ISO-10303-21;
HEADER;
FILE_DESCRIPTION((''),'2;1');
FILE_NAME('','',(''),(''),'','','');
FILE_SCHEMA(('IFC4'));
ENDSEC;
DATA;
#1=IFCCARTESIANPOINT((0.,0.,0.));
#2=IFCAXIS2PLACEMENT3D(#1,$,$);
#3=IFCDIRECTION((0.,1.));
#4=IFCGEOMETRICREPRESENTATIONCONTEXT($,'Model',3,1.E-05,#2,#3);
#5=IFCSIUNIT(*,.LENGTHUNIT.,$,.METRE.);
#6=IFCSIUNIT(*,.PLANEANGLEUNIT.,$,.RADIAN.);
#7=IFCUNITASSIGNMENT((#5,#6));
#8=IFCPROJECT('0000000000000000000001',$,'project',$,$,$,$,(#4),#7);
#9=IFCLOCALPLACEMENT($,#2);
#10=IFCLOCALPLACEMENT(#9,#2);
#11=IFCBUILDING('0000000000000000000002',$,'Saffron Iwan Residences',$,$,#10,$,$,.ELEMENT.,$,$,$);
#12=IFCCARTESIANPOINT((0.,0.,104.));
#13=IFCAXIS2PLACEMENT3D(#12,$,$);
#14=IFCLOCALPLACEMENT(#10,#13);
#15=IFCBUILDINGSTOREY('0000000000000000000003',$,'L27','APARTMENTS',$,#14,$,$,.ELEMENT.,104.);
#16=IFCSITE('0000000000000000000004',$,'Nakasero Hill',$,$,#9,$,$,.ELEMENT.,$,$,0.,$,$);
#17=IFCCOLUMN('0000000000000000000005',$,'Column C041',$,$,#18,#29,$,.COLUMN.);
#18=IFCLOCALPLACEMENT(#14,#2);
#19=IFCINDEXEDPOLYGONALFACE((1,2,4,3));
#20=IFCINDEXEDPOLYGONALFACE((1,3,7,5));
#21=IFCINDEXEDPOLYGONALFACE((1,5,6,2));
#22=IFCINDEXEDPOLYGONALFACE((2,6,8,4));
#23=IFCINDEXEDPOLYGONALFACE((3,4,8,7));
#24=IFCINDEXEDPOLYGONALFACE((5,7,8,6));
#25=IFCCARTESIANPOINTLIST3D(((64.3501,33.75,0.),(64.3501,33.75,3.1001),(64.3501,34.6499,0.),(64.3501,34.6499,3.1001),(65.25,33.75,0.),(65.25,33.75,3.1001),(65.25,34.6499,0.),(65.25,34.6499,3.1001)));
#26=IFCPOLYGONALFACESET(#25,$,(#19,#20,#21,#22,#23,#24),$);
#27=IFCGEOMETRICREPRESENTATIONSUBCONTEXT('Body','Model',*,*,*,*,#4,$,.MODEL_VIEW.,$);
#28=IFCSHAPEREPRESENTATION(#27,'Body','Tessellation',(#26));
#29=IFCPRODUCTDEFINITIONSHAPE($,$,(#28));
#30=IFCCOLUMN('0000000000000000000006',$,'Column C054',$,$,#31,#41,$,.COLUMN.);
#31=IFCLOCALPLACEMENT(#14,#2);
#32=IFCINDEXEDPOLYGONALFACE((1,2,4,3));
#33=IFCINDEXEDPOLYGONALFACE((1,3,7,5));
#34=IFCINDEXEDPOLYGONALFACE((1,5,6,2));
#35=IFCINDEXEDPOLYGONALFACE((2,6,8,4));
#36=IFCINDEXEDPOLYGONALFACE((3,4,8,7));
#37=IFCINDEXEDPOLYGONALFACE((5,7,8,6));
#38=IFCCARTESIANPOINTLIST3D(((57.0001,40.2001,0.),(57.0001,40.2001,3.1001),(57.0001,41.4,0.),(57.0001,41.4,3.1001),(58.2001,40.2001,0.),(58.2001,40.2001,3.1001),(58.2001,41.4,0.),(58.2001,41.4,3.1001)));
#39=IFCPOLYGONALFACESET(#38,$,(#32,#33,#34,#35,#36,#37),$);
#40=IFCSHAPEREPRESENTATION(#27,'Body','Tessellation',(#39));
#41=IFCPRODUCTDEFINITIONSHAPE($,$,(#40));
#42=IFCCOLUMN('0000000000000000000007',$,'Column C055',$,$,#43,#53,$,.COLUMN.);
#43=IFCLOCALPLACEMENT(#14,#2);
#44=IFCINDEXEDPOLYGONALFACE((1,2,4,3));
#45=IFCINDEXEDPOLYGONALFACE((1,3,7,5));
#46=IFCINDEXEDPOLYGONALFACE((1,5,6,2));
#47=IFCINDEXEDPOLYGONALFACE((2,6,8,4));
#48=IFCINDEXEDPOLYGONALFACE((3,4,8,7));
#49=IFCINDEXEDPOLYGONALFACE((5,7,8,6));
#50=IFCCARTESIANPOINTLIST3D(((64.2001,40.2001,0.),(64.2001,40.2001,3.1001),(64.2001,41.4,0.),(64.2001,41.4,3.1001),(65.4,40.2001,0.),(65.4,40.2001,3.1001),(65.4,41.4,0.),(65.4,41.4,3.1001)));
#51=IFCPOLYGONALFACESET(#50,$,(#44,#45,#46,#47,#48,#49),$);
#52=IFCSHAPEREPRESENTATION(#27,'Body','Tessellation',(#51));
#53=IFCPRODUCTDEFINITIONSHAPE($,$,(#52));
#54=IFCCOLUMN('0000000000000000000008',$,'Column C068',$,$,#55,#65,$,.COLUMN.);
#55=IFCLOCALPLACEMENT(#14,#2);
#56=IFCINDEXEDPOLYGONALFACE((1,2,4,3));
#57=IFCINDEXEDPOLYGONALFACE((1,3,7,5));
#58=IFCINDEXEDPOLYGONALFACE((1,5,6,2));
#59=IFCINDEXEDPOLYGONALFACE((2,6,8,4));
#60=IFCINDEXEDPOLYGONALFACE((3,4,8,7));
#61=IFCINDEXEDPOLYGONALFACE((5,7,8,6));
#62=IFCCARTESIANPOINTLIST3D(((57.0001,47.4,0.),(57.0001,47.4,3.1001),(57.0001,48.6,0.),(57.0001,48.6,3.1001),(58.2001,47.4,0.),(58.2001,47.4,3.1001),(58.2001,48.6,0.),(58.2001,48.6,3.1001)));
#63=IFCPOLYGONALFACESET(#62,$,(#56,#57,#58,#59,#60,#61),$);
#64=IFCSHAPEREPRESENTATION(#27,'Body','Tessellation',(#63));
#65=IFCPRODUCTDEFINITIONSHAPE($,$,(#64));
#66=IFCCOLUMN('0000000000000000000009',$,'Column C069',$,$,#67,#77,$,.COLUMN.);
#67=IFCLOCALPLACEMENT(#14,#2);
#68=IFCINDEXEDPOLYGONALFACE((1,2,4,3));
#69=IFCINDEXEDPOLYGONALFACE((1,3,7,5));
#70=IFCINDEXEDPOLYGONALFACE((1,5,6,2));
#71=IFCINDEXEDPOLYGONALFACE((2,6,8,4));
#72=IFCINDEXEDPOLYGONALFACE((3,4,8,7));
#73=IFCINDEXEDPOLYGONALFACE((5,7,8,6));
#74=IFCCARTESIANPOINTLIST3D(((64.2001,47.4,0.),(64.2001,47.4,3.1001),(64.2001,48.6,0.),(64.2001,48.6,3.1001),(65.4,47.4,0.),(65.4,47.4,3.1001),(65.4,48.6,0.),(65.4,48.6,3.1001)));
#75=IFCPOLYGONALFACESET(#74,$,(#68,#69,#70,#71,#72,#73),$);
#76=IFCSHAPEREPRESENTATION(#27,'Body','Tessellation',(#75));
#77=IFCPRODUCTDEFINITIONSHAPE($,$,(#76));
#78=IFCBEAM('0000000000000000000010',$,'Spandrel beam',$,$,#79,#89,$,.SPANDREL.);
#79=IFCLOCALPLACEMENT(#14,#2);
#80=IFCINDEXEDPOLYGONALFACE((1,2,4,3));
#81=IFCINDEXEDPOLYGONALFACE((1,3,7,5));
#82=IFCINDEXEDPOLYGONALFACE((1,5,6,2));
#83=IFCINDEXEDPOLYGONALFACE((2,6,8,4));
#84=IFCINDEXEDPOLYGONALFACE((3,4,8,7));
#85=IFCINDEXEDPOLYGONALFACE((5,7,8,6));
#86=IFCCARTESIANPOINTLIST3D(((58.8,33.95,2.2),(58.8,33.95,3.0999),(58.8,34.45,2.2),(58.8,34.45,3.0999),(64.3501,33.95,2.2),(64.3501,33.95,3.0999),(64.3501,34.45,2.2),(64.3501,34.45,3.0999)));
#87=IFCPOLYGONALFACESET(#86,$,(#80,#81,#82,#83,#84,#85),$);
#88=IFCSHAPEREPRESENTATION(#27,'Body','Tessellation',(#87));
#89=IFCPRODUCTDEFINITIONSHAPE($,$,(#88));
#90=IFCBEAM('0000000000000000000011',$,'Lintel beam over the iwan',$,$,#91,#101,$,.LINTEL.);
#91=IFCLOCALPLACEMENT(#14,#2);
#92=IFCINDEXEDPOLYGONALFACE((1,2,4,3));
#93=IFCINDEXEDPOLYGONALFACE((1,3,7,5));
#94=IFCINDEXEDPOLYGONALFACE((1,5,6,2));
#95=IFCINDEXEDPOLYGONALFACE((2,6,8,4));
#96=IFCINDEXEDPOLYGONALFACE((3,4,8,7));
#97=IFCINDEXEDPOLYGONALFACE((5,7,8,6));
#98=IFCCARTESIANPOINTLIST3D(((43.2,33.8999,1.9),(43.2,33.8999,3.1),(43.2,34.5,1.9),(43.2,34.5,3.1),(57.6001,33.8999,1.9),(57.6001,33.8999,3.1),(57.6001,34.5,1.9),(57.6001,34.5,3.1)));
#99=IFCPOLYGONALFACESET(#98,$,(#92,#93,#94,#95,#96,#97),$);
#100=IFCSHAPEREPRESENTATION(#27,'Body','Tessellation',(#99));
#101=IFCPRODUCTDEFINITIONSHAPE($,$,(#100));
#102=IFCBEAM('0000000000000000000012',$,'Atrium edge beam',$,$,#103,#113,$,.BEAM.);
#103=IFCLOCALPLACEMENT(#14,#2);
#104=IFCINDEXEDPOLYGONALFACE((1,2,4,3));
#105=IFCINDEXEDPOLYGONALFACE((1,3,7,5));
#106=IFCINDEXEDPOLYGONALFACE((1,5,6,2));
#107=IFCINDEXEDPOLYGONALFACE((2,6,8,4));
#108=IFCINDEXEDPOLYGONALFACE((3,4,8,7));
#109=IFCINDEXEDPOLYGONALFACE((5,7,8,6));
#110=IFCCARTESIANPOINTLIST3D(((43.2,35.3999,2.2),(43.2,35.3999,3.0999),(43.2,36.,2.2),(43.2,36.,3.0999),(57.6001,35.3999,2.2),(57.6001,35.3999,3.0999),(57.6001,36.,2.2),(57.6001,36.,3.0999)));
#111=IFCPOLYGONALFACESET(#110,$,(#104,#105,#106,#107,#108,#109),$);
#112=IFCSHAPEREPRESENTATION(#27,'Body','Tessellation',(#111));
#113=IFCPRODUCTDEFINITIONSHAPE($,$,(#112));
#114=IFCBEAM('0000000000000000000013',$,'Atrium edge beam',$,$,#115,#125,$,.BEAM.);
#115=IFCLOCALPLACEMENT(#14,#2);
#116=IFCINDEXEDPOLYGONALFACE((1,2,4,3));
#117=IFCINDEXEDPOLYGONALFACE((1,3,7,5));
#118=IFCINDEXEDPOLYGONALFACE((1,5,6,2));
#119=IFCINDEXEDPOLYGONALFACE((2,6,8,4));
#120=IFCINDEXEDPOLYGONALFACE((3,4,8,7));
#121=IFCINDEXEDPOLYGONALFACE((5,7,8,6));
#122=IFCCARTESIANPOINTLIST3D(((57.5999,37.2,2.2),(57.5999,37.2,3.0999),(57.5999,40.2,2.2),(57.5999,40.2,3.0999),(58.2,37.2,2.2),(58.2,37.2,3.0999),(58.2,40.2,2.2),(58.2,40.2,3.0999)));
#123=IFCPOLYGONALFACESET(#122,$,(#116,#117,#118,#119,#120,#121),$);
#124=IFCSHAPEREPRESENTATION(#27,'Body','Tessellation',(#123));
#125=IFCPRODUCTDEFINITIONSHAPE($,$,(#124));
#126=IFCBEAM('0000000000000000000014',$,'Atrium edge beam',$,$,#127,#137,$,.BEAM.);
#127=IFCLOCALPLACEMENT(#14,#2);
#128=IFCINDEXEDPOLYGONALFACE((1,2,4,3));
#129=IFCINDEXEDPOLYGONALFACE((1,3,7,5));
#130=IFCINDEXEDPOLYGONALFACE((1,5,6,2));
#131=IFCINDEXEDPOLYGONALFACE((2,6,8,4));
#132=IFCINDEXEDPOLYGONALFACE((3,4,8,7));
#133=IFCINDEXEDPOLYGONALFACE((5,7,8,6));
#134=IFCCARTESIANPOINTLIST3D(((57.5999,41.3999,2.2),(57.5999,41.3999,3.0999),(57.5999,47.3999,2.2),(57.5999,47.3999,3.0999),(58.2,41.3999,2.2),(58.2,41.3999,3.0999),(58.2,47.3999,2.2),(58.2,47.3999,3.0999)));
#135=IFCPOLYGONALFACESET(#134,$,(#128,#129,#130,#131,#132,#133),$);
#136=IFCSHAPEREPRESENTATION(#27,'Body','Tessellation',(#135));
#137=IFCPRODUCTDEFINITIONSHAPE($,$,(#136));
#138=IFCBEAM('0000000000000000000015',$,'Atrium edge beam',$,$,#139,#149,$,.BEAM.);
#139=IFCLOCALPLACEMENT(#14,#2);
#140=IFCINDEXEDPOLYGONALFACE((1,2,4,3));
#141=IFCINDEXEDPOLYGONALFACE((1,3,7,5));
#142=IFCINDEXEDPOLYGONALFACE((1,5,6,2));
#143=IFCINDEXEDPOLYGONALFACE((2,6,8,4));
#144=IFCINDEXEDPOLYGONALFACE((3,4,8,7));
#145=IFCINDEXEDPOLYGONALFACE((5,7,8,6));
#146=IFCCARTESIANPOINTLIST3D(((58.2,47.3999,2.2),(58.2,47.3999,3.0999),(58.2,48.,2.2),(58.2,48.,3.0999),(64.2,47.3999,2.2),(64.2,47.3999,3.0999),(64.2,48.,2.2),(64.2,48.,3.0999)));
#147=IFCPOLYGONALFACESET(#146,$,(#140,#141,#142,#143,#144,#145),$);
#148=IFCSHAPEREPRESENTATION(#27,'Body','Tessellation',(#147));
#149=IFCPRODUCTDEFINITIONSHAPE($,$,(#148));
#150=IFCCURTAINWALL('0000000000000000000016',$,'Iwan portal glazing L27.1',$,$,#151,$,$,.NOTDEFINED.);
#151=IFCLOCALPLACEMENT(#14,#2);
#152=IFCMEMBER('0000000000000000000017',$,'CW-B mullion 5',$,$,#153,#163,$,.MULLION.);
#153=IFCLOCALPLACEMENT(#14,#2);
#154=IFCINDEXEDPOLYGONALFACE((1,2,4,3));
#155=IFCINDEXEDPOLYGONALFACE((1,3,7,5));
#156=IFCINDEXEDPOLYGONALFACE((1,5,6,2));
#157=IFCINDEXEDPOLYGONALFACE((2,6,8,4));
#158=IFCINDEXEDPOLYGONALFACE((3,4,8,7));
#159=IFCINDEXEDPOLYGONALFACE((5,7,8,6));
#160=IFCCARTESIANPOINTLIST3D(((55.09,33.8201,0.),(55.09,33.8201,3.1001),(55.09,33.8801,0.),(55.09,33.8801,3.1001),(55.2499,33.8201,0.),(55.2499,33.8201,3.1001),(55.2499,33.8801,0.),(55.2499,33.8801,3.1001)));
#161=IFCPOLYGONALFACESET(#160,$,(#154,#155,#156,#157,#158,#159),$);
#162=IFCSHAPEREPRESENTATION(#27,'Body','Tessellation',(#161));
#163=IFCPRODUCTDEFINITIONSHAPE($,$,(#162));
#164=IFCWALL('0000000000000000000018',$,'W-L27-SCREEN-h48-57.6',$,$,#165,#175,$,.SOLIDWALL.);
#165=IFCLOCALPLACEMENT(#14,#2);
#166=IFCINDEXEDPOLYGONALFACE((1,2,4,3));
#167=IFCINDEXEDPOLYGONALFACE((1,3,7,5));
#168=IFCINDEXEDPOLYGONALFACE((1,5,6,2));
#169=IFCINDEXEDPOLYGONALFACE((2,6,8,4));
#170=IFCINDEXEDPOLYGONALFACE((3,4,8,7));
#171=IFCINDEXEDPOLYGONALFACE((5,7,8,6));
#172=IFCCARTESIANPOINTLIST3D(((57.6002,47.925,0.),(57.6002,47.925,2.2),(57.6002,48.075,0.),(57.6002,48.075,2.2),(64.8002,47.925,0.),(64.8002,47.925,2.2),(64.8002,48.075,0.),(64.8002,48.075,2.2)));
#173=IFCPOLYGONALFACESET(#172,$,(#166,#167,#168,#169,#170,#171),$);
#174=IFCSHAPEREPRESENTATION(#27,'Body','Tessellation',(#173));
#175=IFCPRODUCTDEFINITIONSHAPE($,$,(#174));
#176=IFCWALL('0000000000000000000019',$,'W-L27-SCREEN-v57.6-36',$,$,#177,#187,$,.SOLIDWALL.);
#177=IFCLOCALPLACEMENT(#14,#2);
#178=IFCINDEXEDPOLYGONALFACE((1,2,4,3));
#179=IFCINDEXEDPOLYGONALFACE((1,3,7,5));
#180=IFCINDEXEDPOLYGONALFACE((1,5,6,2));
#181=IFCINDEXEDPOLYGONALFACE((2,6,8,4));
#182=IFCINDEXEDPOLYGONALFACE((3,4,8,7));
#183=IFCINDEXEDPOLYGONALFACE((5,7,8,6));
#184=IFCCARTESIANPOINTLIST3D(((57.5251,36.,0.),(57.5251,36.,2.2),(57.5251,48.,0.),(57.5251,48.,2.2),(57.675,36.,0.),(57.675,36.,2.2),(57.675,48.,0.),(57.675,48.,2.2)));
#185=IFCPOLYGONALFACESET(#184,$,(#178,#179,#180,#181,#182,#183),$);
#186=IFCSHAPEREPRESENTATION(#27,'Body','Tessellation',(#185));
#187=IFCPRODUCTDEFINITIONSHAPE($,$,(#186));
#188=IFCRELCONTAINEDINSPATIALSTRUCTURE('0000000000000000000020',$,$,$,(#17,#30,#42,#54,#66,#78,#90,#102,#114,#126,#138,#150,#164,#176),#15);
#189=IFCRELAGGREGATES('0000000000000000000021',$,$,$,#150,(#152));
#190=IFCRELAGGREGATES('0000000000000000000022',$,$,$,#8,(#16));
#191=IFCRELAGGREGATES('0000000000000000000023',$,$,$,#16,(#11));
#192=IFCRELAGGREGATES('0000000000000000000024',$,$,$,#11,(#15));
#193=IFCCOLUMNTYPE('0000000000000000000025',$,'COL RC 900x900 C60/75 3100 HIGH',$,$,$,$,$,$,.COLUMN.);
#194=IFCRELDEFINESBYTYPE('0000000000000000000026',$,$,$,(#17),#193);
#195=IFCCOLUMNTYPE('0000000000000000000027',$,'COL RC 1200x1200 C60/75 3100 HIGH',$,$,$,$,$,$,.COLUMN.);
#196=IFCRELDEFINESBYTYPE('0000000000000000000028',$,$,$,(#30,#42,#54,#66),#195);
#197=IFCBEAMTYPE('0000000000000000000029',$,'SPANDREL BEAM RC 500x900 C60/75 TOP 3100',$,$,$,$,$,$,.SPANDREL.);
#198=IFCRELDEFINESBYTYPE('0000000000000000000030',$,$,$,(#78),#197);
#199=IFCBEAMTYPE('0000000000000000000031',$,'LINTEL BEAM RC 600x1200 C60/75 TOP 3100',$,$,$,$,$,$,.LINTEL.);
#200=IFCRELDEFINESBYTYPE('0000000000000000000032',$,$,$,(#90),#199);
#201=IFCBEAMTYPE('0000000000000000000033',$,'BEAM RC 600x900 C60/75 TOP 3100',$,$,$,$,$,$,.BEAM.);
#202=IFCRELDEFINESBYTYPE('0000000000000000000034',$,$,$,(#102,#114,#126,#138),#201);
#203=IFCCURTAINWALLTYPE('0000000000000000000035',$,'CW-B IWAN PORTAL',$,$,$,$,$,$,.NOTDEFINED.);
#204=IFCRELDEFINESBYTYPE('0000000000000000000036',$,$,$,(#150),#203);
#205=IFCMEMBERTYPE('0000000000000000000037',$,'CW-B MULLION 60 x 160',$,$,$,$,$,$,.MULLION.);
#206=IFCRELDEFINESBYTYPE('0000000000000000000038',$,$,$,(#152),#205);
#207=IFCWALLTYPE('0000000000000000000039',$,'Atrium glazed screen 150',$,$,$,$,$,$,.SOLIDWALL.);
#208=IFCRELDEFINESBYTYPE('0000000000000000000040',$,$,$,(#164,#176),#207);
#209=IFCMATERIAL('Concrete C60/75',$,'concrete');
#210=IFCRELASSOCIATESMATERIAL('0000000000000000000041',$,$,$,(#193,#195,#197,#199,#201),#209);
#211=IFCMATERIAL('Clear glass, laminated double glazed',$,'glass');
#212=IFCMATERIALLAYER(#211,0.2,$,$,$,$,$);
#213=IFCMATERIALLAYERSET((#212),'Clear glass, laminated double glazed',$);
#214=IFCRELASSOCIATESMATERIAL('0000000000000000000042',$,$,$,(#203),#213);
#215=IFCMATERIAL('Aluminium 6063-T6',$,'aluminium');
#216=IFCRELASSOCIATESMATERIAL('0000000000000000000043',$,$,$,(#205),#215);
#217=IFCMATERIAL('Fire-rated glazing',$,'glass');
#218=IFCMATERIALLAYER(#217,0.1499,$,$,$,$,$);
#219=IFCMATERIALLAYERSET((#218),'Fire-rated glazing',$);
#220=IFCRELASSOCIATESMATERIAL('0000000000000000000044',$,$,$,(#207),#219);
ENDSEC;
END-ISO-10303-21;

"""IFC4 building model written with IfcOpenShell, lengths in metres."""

from ifc_helpers import new_model, si_unit, direction, frame, frame_2d, origin, origin_2d, place, context, subcontext, project, spatial, rectangle, extrude, source, transform, mapped, material, layer, layer_set, material_profile, profile_set, type_object, element, aggregate, save


model = new_model("IFC4")

# Units and contexts
model_context = context("Model", 3, precision=1e-05, world=origin(), true_north=direction((0.0, 1.0)))
body_context = subcontext(model_context, "Body", "Model", "MODEL_VIEW")
ifc_project = project(units=[si_unit("LENGTHUNIT", "METRE"), si_unit("PLANEANGLEUNIT", "RADIAN")], contexts=[model_context])

# Site, building, storey
site_placement = place(None, origin())
site = spatial("IfcSite", under=ifc_project, at=site_placement, Name="Nakasero Hill", CompositionType="ELEMENT", RefElevation=0.0)
building_placement = place(site_placement, origin())
building = spatial("IfcBuilding", under=site, at=building_placement, Name="Saffron Iwan Residences", CompositionType="ELEMENT")
storey_placement = place(building_placement, frame((0.0, 0.0, 104.0)))
storey = spatial("IfcBuildingStorey", under=building, at=storey_placement, Name="L27", Description="APARTMENTS", CompositionType="ELEMENT", Elevation=104.0)

# Columns
ifc_material_1 = material(Name="Concrete C60/75", Category="concrete")
ifc_material_profile_1 = material_profile(ifc_material_1, rectangle(XDim=0.8999, YDim=0.8999, at=origin_2d()), Name="RC 900x900")
ifc_profile_set_1 = profile_set([ifc_material_profile_1], Name="Concrete C60/75")
column_type_1 = type_object("IfcColumnType", Name="COL RC 900x900 C60/75 3100 HIGH", PredefinedType="COLUMN", material=ifc_profile_set_1)
shared_shape_1 = source(origin(), body_context, "Body", "SweptSolid", [
    extrude(rectangle(XDim=0.8999, YDim=0.8999, at=origin_2d()), origin(), (0.0, 0.0, 1.0), 3.1001),
])
column_placement = place(storey_placement, frame((64.8, 34.2, 0.0), z_axis=(0.0, 0.0, 1.0), x_axis=(1.0, 0.0, 0.0)))
element("IfcColumn", 1, at=column_placement, inside=storey, type_object=column_type_1, Name="Column C041", PredefinedType="COLUMN", context=body_context, shape_type="MappedRepresentation", body=[
    mapped(shared_shape_1, transform((0.0, 0.0, 0.0))),
])
ifc_material_profile_2 = material_profile(ifc_material_1, rectangle(XDim=1.2, YDim=1.2, at=origin_2d()), Name="RC 1200x1200")
ifc_profile_set_2 = profile_set([ifc_material_profile_2], Name="Concrete C60/75")
column_type_2 = type_object("IfcColumnType", Name="COL RC 1200x1200 C60/75 3100 HIGH", PredefinedType="COLUMN", material=ifc_profile_set_2)
shared_shape_2 = source(origin(), body_context, "Body", "SweptSolid", [
    extrude(rectangle(XDim=1.2, YDim=1.2, at=origin_2d()), origin(), (0.0, 0.0, 1.0), 3.1001),
])
for number, where, z_axis, x_axis, name in (
    (2, (57.6001, 40.8, 0.0), (0.0, 0.0, 1.0), (1.0, 0.0, 0.0), "Column C054"),
    (3, (64.8, 40.8, 0.0), (0.0, 0.0, 1.0), (1.0, 0.0, 0.0), "Column C055"),
    (4, (57.6001, 48.0, 0.0), (0.0, 0.0, 1.0), (1.0, 0.0, 0.0), "Column C068"),
    (5, (64.8, 48.0, 0.0), (0.0, 0.0, 1.0), (1.0, 0.0, 0.0), "Column C069"),
):
    element("IfcColumn", number, at=place(storey_placement, frame(where, z_axis=z_axis, x_axis=x_axis)), inside=storey, type_object=column_type_2, Name=name, PredefinedType="COLUMN", context=body_context, shape_type="MappedRepresentation", body=[
        mapped(shared_shape_2, transform((0.0, 0.0, 0.0))),
    ])

# Beams
ifc_material_profile_3 = material_profile(ifc_material_1, rectangle(XDim=0.5, YDim=0.8999, at=origin_2d()), Name="RC 500x900")
ifc_profile_set_3 = profile_set([ifc_material_profile_3], Name="Concrete C60/75")
beam_type_1 = type_object("IfcBeamType", Name="SPANDREL BEAM RC 500x900 C60/75 TOP 3100", PredefinedType="SPANDREL", material=ifc_profile_set_3)
shared_shape_3 = source(origin(), body_context, "Body", "SweptSolid", [
    extrude(rectangle(XDim=0.5, YDim=0.8999, at=origin_2d()), origin(), (0.0, 0.0, 1.0), 5.55),
])
beam_1_placement = place(storey_placement, frame((64.3501, 34.2, 2.6499), z_axis=(-1.0, 0.0, 0.0), x_axis=(0.0, -1.0, 0.0)))
element("IfcBeam", 6, at=beam_1_placement, inside=storey, type_object=beam_type_1, Name="Spandrel beam", PredefinedType="SPANDREL", context=body_context, shape_type="MappedRepresentation", body=[
    mapped(shared_shape_3, transform((0.0, 0.0, 0.0))),
])
ifc_material_profile_4 = material_profile(ifc_material_1, rectangle(XDim=0.6001, YDim=1.2, at=origin_2d()), Name="RC 600x1200")
ifc_profile_set_4 = profile_set([ifc_material_profile_4], Name="Concrete C60/75")
beam_type_2 = type_object("IfcBeamType", Name="LINTEL BEAM RC 600x1200 C60/75 TOP 3100", PredefinedType="LINTEL", material=ifc_profile_set_4)
shared_shape_4 = source(origin(), body_context, "Body", "SweptSolid", [
    extrude(rectangle(XDim=0.6001, YDim=1.2, at=origin_2d()), origin(), (0.0, 0.0, 1.0), 14.4001),
])
beam_2_placement = place(storey_placement, frame((57.6001, 34.2, 2.5), z_axis=(-1.0, 0.0, 0.0), x_axis=(0.0, -1.0, 0.0)))
element("IfcBeam", 7, at=beam_2_placement, inside=storey, type_object=beam_type_2, Name="Lintel beam over the iwan", PredefinedType="LINTEL", context=body_context, shape_type="MappedRepresentation", body=[
    mapped(shared_shape_4, transform((0.0, 0.0, 0.0))),
])
ifc_material_profile_5 = material_profile(ifc_material_1, rectangle(XDim=0.6001, YDim=0.8999, at=origin_2d()), Name="RC 600x900")
ifc_profile_set_5 = profile_set([ifc_material_profile_5], Name="Concrete C60/75")
beam_type_3 = type_object("IfcBeamType", Name="BEAM RC 600x900 C60/75 TOP 3100", PredefinedType="BEAM", material=ifc_profile_set_5)
shared_shape_5 = source(origin(), body_context, "Body", "SweptSolid", [
    extrude(rectangle(XDim=0.6001, YDim=0.8999, at=origin_2d()), origin(), (0.0, 0.0, 1.0), 14.4001),
])
beam_3_placement = place(storey_placement, frame((57.6001, 35.7, 2.6499), z_axis=(-1.0, 0.0, 0.0), x_axis=(0.0, -1.0, 0.0)))
element("IfcBeam", 8, at=beam_3_placement, inside=storey, type_object=beam_type_3, Name="Atrium edge beam", PredefinedType="BEAM", context=body_context, shape_type="MappedRepresentation", body=[
    mapped(shared_shape_5, transform((0.0, 0.0, 0.0))),
])
shared_shape_6 = source(origin(), body_context, "Body", "SweptSolid", [
    extrude(rectangle(XDim=0.6001, YDim=0.8999, at=origin_2d()), origin(), (0.0, 0.0, 1.0), 3.0),
])
beam_4_placement = place(storey_placement, frame((57.8999, 40.2, 2.6499), z_axis=(0.0, -1.0, 0.0), x_axis=(1.0, 0.0, 0.0)))
element("IfcBeam", 9, at=beam_4_placement, inside=storey, type_object=beam_type_3, Name="Atrium edge beam", PredefinedType="BEAM", context=body_context, shape_type="MappedRepresentation", body=[
    mapped(shared_shape_6, transform((0.0, 0.0, 0.0))),
])
shared_shape_7 = source(origin(), body_context, "Body", "SweptSolid", [
    extrude(rectangle(XDim=0.6001, YDim=0.8999, at=origin_2d()), origin(), (0.0, 0.0, 1.0), 6.0),
])
for number, where, z_axis, x_axis, name in (
    (10, (57.8999, 47.3999, 2.6499), (0.0, -1.0, 0.0), (1.0, 0.0, 0.0), "Atrium edge beam"),
    (11, (64.2, 47.7, 2.6499), (-1.0, 0.0, 0.0), (0.0, -1.0, 0.0), "Atrium edge beam"),
):
    element("IfcBeam", number, at=place(storey_placement, frame(where, z_axis=z_axis, x_axis=x_axis)), inside=storey, type_object=beam_type_3, Name=name, PredefinedType="BEAM", context=body_context, shape_type="MappedRepresentation", body=[
        mapped(shared_shape_7, transform((0.0, 0.0, 0.0))),
    ])

# Curtain wall, member
ifc_material_2 = material(Name="Clear glass, laminated double glazed", Category="glass")
ifc_layer_1 = layer(ifc_material_2, 0.2)
ifc_layer_set_1 = layer_set([ifc_layer_1], Name="Clear glass, laminated double glazed")
curtain_wall_type = type_object("IfcCurtainWallType", Name="CW-B IWAN PORTAL", PredefinedType="NOTDEFINED", material=ifc_layer_set_1)
curtain_wall_placement = place(storey_placement, origin())
curtain_wall = element("IfcCurtainWall", 12, at=curtain_wall_placement, inside=storey, type_object=curtain_wall_type, Name="Iwan portal glazing L27.1", PredefinedType="NOTDEFINED")
ifc_material_3 = material(Name="Aluminium 6063-T6", Category="aluminium")
ifc_material_profile_6 = material_profile(ifc_material_3, rectangle(XDim=0.0601, YDim=0.1599, at=origin_2d()), Name="CW-B MULLION 60 x 160")
ifc_profile_set_6 = profile_set([ifc_material_profile_6], Name="Aluminium 6063-T6")
member_type = type_object("IfcMemberType", Name="CW-B MULLION 60 x 160", PredefinedType="MULLION", material=ifc_profile_set_6)
shared_shape_8 = source(origin(), body_context, "Body", "SweptSolid", [
    extrude(rectangle(XDim=0.0601, YDim=0.1599, at=origin_2d()), origin(), (0.0, 0.0, 1.0), 3.1001),
])
member_placement = place(storey_placement, frame((55.1699, 33.8501, 0.0), z_axis=(0.0, 0.0, 1.0), x_axis=(0.0, 1.0, 0.0)))
member = element("IfcMember", 13, at=member_placement, type_object=member_type, Name="CW-B mullion 5", PredefinedType="MULLION", context=body_context, shape_type="MappedRepresentation", body=[
    mapped(shared_shape_8, transform((0.0, 0.0, 0.0))),
])
aggregate(curtain_wall, [member])

# Walls
ifc_material_4 = material(Name="Fire-rated glazing", Category="glass")
ifc_layer_2 = layer(ifc_material_4, 0.1499)
ifc_layer_set_2 = layer_set([ifc_layer_2], Name="Fire-rated glazing")
wall_type_1 = type_object("IfcWallType", Name="Atrium glazed screen 150", PredefinedType="SOLIDWALL", material=ifc_layer_set_2)
wall_1_placement = place(storey_placement, frame((57.6001, 48.0, 0.0), z_axis=(0.0, 0.0, 1.0), x_axis=(1.0, 0.0, 0.0)))
element("IfcWall", 14, at=wall_1_placement, inside=storey, type_object=wall_type_1, Name="W-L27-SCREEN-h48-57.6", PredefinedType="SOLIDWALL", context=body_context, shape_type="SweptSolid", body=[
    extrude(rectangle(XDim=7.2, YDim=0.1499, at=frame_2d((3.6001, 0.0))), origin(), (0.0, 0.0, 1.0), 2.2),
])
wall_2_placement = place(storey_placement, frame((57.6001, 36.0, 0.0), z_axis=(0.0, 0.0, 1.0), x_axis=(0.0, 1.0, 0.0)))
element("IfcWall", 15, at=wall_2_placement, inside=storey, type_object=wall_type_1, Name="W-L27-SCREEN-v57.6-36", PredefinedType="SOLIDWALL", context=body_context, shape_type="SweptSolid", body=[
    extrude(rectangle(XDim=12.0, YDim=0.1499, at=frame_2d((6.0, 0.0))), origin(), (0.0, 0.0, 1.0), 2.2),
])

save(model, "model.ifc")
